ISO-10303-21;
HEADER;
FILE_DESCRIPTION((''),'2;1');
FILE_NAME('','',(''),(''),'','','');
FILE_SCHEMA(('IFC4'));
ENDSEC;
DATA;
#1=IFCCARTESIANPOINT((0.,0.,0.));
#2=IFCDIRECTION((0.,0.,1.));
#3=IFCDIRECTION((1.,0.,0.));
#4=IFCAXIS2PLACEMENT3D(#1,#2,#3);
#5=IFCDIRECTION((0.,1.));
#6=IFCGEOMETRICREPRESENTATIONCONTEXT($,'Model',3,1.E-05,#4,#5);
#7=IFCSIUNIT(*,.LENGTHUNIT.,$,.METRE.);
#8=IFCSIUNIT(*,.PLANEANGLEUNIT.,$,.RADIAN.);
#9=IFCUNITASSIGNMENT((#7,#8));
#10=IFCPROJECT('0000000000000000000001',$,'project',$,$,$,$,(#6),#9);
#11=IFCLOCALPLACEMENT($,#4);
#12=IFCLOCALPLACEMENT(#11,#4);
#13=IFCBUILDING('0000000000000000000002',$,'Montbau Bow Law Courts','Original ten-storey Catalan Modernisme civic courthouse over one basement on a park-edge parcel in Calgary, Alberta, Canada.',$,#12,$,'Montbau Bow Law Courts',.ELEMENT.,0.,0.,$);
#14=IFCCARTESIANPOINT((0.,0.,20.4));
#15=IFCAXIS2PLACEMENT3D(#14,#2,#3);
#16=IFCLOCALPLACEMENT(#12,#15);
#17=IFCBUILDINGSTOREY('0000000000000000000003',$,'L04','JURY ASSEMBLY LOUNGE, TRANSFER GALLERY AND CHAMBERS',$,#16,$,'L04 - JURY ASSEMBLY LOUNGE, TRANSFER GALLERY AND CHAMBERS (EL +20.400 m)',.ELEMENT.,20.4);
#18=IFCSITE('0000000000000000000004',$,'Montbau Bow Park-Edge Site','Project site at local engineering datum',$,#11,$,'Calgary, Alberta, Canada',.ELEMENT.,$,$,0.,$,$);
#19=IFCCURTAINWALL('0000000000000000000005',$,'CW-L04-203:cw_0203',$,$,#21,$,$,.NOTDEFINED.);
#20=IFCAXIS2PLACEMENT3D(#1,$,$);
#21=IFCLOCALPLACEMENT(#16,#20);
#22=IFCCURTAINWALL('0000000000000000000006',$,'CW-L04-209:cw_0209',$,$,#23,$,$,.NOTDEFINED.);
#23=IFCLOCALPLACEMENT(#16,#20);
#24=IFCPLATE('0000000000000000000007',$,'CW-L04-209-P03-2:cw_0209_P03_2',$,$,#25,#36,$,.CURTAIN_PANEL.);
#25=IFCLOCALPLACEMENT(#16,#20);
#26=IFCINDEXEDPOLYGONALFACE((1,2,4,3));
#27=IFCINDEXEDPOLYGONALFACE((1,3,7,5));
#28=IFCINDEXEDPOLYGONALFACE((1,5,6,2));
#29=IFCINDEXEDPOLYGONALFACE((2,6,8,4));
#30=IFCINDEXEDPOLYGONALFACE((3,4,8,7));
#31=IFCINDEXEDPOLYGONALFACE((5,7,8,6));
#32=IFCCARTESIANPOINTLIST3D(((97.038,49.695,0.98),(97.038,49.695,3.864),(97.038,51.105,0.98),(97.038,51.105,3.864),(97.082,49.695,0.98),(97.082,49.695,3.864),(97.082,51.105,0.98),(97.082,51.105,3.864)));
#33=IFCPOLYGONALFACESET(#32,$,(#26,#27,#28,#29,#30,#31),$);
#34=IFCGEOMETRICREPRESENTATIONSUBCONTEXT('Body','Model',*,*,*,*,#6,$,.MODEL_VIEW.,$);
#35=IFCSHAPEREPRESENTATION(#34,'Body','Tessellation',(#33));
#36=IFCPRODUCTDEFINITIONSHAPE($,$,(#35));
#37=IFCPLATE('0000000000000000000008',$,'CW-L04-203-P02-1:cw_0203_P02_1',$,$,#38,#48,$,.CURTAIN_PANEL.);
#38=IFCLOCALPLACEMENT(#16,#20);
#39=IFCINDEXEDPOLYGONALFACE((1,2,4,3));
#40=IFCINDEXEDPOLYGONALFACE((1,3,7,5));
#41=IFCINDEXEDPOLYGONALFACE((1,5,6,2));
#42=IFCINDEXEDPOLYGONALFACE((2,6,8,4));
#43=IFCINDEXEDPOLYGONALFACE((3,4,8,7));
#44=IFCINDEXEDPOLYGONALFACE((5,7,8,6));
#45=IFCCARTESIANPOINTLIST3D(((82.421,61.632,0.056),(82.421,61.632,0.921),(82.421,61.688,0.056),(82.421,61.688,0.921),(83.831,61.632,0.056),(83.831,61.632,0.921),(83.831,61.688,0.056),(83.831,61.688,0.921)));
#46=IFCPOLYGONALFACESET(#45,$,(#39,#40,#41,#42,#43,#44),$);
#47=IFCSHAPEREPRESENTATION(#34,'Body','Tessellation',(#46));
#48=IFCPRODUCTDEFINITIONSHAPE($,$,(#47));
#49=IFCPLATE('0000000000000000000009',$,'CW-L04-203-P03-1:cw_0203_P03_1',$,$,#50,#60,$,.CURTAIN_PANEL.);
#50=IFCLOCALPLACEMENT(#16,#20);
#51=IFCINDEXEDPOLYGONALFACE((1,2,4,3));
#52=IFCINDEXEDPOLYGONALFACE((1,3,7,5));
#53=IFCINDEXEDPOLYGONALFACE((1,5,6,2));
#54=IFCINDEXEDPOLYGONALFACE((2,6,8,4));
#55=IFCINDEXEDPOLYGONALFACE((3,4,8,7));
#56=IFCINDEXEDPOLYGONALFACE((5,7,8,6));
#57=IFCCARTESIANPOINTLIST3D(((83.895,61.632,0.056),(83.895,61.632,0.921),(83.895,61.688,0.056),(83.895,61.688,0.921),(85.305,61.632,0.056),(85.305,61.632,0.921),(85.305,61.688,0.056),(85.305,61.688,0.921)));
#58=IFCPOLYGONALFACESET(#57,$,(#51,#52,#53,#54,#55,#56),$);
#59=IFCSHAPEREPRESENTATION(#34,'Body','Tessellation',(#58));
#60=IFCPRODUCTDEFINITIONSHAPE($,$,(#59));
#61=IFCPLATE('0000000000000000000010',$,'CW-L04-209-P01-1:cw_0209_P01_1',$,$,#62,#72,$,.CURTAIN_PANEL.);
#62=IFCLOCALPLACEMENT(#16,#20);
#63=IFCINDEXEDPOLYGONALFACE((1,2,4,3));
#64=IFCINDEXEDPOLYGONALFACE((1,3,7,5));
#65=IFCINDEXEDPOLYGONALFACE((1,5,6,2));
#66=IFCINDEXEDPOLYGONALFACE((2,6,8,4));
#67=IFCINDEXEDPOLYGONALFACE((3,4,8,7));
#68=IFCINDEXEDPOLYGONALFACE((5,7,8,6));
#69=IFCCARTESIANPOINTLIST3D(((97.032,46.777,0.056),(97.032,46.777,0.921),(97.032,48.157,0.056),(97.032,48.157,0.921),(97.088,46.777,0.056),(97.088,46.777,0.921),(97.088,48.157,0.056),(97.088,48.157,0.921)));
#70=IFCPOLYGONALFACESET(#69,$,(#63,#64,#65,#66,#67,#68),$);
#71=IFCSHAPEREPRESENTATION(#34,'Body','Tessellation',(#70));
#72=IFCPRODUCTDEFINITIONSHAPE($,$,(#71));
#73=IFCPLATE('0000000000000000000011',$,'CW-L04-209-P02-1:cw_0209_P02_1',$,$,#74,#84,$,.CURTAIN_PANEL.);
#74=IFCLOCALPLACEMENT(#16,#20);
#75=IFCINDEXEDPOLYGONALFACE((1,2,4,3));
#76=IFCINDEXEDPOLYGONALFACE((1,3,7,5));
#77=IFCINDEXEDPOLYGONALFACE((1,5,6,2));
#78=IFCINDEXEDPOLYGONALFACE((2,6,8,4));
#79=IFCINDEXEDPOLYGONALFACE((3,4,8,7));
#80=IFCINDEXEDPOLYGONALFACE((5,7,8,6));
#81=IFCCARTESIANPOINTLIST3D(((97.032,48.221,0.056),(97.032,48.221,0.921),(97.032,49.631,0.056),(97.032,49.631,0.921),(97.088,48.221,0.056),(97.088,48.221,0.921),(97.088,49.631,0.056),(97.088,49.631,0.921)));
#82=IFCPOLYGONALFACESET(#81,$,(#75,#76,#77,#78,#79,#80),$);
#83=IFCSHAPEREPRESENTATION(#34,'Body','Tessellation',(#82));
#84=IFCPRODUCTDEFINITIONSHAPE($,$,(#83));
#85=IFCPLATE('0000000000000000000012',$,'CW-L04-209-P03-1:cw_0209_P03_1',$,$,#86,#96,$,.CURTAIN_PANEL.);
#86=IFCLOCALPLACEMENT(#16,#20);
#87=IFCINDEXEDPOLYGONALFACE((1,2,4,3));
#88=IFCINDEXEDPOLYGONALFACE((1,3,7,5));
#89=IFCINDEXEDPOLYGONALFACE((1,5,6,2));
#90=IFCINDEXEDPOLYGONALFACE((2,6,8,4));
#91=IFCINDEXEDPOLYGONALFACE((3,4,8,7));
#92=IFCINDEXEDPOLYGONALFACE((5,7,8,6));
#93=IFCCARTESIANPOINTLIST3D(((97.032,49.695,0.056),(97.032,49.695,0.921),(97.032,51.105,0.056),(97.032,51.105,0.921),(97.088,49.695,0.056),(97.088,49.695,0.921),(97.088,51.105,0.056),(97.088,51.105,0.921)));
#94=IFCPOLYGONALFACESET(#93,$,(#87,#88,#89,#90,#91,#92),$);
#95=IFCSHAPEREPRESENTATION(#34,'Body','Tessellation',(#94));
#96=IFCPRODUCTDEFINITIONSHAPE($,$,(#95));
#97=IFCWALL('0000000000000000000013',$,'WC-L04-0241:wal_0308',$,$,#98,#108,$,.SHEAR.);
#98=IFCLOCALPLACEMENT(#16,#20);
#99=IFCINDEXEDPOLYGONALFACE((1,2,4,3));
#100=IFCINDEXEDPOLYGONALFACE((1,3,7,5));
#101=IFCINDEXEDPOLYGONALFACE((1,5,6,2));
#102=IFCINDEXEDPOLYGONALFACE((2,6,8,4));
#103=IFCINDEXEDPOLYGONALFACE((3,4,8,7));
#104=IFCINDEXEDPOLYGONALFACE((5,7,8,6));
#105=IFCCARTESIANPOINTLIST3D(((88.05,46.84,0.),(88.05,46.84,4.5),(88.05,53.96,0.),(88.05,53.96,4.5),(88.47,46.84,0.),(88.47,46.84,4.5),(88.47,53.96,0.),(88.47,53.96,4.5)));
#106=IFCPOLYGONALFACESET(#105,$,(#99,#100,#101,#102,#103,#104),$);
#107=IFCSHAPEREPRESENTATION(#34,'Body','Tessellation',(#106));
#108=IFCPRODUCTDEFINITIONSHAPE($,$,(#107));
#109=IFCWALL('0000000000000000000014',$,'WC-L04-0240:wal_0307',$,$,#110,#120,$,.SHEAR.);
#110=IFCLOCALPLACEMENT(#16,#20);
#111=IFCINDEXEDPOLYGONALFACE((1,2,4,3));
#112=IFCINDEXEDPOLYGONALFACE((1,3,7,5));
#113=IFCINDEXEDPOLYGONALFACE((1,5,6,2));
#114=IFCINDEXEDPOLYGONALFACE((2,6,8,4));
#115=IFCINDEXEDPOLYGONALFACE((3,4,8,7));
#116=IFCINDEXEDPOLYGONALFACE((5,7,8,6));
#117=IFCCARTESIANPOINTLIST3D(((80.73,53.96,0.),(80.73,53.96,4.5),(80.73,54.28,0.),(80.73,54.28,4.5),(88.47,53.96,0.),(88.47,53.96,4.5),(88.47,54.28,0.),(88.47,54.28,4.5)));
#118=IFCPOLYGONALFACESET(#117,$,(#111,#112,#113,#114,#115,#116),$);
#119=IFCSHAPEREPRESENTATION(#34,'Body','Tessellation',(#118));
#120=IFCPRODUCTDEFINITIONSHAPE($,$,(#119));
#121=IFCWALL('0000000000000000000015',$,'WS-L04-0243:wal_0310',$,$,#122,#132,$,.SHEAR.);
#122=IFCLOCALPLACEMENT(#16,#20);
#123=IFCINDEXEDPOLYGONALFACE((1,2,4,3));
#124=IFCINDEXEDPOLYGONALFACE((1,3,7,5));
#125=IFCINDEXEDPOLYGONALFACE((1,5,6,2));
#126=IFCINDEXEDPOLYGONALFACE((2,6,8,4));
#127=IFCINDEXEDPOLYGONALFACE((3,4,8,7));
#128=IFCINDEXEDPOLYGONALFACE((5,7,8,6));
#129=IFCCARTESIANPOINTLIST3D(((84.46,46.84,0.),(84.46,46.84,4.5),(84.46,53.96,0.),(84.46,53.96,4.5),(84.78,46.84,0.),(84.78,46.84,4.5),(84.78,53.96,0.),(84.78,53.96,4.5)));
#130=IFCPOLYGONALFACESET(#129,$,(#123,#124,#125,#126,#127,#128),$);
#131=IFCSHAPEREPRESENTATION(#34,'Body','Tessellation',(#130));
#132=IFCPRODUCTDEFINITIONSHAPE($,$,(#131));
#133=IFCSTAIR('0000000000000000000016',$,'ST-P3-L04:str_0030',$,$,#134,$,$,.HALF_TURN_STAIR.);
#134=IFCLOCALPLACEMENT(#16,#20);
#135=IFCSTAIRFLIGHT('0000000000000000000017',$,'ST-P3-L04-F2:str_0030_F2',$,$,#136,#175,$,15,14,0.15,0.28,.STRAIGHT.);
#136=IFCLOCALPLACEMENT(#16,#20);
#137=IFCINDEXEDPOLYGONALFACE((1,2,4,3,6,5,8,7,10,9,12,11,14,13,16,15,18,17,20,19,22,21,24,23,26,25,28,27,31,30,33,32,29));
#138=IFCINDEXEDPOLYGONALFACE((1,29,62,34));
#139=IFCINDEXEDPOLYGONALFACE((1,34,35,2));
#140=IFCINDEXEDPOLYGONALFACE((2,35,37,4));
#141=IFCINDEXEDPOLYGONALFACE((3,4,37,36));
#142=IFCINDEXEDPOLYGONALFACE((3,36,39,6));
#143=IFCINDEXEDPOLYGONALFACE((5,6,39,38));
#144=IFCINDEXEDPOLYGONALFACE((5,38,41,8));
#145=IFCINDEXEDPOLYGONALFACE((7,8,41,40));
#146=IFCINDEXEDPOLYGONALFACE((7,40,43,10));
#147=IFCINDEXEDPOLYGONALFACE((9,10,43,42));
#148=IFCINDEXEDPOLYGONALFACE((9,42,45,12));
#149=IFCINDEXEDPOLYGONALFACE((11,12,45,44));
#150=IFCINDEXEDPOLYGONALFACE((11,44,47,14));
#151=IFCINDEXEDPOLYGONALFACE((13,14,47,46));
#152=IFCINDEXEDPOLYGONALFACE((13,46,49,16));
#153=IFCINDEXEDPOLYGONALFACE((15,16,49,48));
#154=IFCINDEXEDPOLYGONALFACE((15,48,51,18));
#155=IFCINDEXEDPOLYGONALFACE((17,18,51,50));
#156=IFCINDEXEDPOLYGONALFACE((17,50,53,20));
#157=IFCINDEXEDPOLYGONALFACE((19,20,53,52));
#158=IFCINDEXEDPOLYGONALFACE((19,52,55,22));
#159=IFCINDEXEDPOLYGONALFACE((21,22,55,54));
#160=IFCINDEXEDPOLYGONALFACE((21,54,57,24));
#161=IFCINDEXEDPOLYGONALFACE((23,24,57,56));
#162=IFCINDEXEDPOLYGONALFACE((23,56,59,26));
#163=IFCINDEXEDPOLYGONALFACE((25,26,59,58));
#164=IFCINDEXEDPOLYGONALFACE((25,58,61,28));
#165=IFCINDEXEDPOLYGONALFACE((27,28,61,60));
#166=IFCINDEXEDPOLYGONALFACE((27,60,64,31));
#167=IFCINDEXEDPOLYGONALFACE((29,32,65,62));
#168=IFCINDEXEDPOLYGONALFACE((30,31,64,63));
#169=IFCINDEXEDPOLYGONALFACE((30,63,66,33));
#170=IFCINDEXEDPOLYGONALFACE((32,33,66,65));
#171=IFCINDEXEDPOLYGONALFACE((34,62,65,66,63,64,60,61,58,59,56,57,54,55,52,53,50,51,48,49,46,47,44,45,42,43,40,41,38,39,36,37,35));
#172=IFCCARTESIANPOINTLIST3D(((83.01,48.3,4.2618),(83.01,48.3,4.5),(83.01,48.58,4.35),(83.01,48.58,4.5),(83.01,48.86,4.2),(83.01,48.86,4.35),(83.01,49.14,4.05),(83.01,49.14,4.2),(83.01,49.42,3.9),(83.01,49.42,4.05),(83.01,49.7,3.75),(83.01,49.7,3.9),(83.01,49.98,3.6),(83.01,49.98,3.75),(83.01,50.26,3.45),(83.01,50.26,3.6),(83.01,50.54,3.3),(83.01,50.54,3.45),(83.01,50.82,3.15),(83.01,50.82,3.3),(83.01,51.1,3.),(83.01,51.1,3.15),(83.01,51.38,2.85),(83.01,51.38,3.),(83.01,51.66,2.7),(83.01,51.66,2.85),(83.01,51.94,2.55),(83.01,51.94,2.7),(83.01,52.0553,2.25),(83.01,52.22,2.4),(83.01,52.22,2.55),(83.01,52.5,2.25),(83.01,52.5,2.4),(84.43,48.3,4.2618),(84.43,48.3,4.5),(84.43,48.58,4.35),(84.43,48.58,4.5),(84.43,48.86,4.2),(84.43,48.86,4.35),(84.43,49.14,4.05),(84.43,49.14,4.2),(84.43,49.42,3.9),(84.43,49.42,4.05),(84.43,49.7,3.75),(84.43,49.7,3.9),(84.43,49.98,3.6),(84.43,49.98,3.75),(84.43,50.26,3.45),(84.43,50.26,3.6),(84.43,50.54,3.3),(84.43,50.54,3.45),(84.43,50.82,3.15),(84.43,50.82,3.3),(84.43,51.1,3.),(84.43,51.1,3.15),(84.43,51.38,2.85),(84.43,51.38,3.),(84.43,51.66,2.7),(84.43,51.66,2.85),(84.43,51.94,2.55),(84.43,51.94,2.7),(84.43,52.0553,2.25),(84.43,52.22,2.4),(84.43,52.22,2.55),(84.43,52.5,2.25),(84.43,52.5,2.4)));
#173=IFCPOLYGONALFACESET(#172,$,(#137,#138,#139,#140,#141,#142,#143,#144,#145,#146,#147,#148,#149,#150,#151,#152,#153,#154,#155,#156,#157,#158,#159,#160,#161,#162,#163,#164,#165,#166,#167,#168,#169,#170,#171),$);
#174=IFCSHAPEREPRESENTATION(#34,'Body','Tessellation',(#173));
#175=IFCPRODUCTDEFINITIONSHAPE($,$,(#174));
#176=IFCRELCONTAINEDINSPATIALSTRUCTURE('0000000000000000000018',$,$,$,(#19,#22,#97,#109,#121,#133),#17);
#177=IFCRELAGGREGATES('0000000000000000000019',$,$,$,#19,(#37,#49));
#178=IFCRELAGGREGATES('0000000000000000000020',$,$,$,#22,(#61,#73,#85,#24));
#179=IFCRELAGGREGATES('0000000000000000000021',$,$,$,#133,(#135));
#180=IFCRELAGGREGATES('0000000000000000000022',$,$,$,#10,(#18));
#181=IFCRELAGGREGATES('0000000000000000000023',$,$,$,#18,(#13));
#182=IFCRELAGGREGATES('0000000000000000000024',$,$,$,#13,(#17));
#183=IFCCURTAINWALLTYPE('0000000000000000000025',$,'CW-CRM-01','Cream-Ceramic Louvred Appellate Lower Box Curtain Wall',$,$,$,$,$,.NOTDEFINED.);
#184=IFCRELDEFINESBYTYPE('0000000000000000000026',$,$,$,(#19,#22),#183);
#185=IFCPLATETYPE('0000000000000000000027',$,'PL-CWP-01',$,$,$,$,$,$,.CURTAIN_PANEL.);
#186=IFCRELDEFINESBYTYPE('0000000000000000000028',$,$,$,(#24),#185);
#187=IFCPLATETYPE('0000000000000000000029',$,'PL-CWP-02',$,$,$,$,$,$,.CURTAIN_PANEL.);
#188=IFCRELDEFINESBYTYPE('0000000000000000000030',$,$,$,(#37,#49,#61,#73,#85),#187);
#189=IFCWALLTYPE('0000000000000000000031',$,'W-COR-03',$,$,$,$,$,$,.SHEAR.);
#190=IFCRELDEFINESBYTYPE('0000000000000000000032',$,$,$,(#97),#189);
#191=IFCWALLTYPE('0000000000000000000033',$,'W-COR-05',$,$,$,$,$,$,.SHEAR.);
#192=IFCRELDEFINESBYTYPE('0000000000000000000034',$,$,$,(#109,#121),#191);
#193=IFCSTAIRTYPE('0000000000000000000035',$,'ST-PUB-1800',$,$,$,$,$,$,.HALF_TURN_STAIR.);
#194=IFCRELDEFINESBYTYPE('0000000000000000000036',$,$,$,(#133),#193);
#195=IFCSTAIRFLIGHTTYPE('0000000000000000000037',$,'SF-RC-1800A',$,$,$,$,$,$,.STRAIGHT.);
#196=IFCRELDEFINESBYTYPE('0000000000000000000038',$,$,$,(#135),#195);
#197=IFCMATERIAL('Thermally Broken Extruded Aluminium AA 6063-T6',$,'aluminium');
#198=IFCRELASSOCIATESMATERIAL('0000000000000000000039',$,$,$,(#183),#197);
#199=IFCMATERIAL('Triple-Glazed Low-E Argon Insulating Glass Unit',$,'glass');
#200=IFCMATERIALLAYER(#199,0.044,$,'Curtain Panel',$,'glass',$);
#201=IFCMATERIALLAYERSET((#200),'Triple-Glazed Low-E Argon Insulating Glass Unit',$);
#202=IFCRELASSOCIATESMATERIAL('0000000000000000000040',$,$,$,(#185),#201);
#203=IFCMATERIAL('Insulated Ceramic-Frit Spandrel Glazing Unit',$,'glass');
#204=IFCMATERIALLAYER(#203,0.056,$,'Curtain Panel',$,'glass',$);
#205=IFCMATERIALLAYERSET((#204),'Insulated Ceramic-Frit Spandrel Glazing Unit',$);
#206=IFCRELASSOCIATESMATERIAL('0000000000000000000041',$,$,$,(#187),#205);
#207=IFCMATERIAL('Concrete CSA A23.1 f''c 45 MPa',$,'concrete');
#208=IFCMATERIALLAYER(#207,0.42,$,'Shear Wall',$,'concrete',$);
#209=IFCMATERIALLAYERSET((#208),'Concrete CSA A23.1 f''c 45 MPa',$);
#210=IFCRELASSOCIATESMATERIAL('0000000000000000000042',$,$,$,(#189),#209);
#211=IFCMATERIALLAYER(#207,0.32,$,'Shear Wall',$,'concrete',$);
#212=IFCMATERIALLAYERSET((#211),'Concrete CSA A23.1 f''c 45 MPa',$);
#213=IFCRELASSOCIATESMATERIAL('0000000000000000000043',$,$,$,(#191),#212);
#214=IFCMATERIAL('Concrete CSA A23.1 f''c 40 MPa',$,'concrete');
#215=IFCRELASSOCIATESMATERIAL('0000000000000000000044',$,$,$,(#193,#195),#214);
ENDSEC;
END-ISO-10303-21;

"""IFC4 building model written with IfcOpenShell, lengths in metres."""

from ifc_helpers import new_model, si_unit, direction, frame, frame_2d, origin_with_axes, place, context, subcontext, project, spatial, polyline, rectangle, outline, extrude, material, layer, layer_set, type_object, element, aggregate, save


model = new_model("IFC4")

# Units and contexts
model_context = context("Model", 3, precision=1e-05, world=origin_with_axes(), true_north=direction((0.0, 1.0)))
body_context = subcontext(model_context, "Body", "Model", "MODEL_VIEW")
ifc_project = project(units=[si_unit("LENGTHUNIT", "METRE"), si_unit("PLANEANGLEUNIT", "RADIAN")], contexts=[model_context])

# Site, building, storey
site_placement = place(None, origin_with_axes())
site = spatial("IfcSite", under=ifc_project, at=site_placement, Name="Montbau Bow Park-Edge Site", Description="Project site at local engineering datum", LongName="Calgary, Alberta, Canada", CompositionType="ELEMENT", RefElevation=0.0)
building_placement = place(site_placement, origin_with_axes())
building = spatial("IfcBuilding", under=site, at=building_placement, Name="Montbau Bow Law Courts", Description="Original ten-storey Catalan Modernisme civic courthouse over one basement on a park-edge parcel in Calgary, Alberta, Canada.", LongName="Montbau Bow Law Courts", CompositionType="ELEMENT", ElevationOfRefHeight=0.0, ElevationOfTerrain=0.0)
storey_placement = place(building_placement, frame((0.0, 0.0, 20.4), z_axis=(0.0, 0.0, 1.0), x_axis=(1.0, 0.0, 0.0)))
storey = spatial("IfcBuildingStorey", under=building, at=storey_placement, Name="L04", Description="JURY ASSEMBLY LOUNGE, TRANSFER GALLERY AND CHAMBERS", LongName="L04 - JURY ASSEMBLY LOUNGE, TRANSFER GALLERY AND CHAMBERS (EL +20.400 m)", CompositionType="ELEMENT", Elevation=20.4)

# Curtain wall
ifc_material_1 = material(Name="Thermally Broken Extruded Aluminium AA 6063-T6", Category="aluminium")
curtain_wall_type = type_object("IfcCurtainWallType", Name="CW-CRM-01", Description="Cream-Ceramic Louvred Appellate Lower Box Curtain Wall", PredefinedType="NOTDEFINED", material=ifc_material_1)
curtain_wall_1_placement = place(None, frame((80.915, 61.66, 20.4), z_axis=(0.0, 0.0, 1.0), x_axis=(1.0, 0.0, 0.0)))
curtain_wall_1 = element("IfcCurtainWall", 1, at=curtain_wall_1_placement, inside=storey, type_object=curtain_wall_type, Name="CW-L04-203:cw_0203", PredefinedType="NOTDEFINED")

# Curtain wall
curtain_wall_2_placement = place(None, frame((97.06, 46.715, 20.4), z_axis=(0.0, 0.0, 1.0), x_axis=(1.0, 0.0, 0.0)))
curtain_wall_2 = element("IfcCurtainWall", 2, at=curtain_wall_2_placement, inside=storey, type_object=curtain_wall_type, Name="CW-L04-209:cw_0209", PredefinedType="NOTDEFINED")

# Plates
ifc_material_2 = material(Name="Triple-Glazed Low-E Argon Insulating Glass Unit", Category="glass")
ifc_layer_1 = layer(ifc_material_2, 0.044, Name="Curtain Panel", Category="glass")
ifc_layer_set_1 = layer_set([ifc_layer_1], Name="Triple-Glazed Low-E Argon Insulating Glass Unit")
plate_type_1 = type_object("IfcPlateType", Name="PL-CWP-01", PredefinedType="CURTAIN_PANEL", material=ifc_layer_set_1)
plate_1_placement = place(None, frame((97.06, 49.695, 21.38), z_axis=(1.0, 0.0, 0.0), x_axis=(0.0, 1.0, 0.0)))
plate_1 = element("IfcPlate", 3, at=plate_1_placement, type_object=plate_type_1, Name="CW-L04-209-P03-2:cw_0209_P03_2", PredefinedType="CURTAIN_PANEL", context=body_context, shape_type="SweptSolid", body=[
    extrude(rectangle(XDim=1.41, YDim=2.884, at=frame_2d((0.705, 1.442), x_axis=(1.0, 0.0))), frame((0.0, 0.0, -0.022), z_axis=(0.0, 0.0, 1.0), x_axis=(1.0, 0.0, 0.0)), (0.0, 0.0, 1.0), 0.044),
])
ifc_material_3 = material(Name="Insulated Ceramic-Frit Spandrel Glazing Unit", Category="glass")
ifc_layer_2 = layer(ifc_material_3, 0.056, Name="Curtain Panel", Category="glass")
ifc_layer_set_2 = layer_set([ifc_layer_2], Name="Insulated Ceramic-Frit Spandrel Glazing Unit")
plate_type_2 = type_object("IfcPlateType", Name="PL-CWP-02", PredefinedType="CURTAIN_PANEL", material=ifc_layer_set_2)
plate_2_placement = place(None, frame((82.421, 61.66, 20.456), z_axis=(0.0, -1.0, 0.0), x_axis=(1.0, 0.0, 0.0)))
plate_2 = element("IfcPlate", 4, at=plate_2_placement, type_object=plate_type_2, Name="CW-L04-203-P02-1:cw_0203_P02_1", PredefinedType="CURTAIN_PANEL", context=body_context, shape_type="SweptSolid", body=[
    extrude(rectangle(XDim=1.41, YDim=0.865, at=frame_2d((0.705, 0.4325), x_axis=(1.0, 0.0))), frame((0.0, 0.0, -0.028), z_axis=(0.0, 0.0, 1.0), x_axis=(1.0, 0.0, 0.0)), (0.0, 0.0, 1.0), 0.056),
])
plate_3_placement = place(None, frame((83.895, 61.66, 20.456), z_axis=(0.0, -1.0, 0.0), x_axis=(1.0, 0.0, 0.0)))
plate_3 = element("IfcPlate", 5, at=plate_3_placement, type_object=plate_type_2, Name="CW-L04-203-P03-1:cw_0203_P03_1", PredefinedType="CURTAIN_PANEL", context=body_context, shape_type="SweptSolid", body=[
    extrude(rectangle(XDim=1.41, YDim=0.865, at=frame_2d((0.705, 0.4325), x_axis=(1.0, 0.0))), frame((0.0, 0.0, -0.028), z_axis=(0.0, 0.0, 1.0), x_axis=(1.0, 0.0, 0.0)), (0.0, 0.0, 1.0), 0.056),
])
aggregate(curtain_wall_1, [plate_2, plate_3])
plate_4_placement = place(None, frame((97.06, 46.777, 20.456), z_axis=(1.0, 0.0, 0.0), x_axis=(0.0, 1.0, 0.0)))
plate_4 = element("IfcPlate", 6, at=plate_4_placement, type_object=plate_type_2, Name="CW-L04-209-P01-1:cw_0209_P01_1", PredefinedType="CURTAIN_PANEL", context=body_context, shape_type="SweptSolid", body=[
    extrude(rectangle(XDim=1.38, YDim=0.865, at=frame_2d((0.69, 0.4325), x_axis=(1.0, 0.0))), frame((0.0, 0.0, -0.028), z_axis=(0.0, 0.0, 1.0), x_axis=(1.0, 0.0, 0.0)), (0.0, 0.0, 1.0), 0.056),
])
plate_5_placement = place(None, frame((97.06, 48.221, 20.456), z_axis=(1.0, 0.0, 0.0), x_axis=(0.0, 1.0, 0.0)))
plate_5 = element("IfcPlate", 7, at=plate_5_placement, type_object=plate_type_2, Name="CW-L04-209-P02-1:cw_0209_P02_1", PredefinedType="CURTAIN_PANEL", context=body_context, shape_type="SweptSolid", body=[
    extrude(rectangle(XDim=1.41, YDim=0.865, at=frame_2d((0.705, 0.4325), x_axis=(1.0, 0.0))), frame((0.0, 0.0, -0.028), z_axis=(0.0, 0.0, 1.0), x_axis=(1.0, 0.0, 0.0)), (0.0, 0.0, 1.0), 0.056),
])
plate_6_placement = place(None, frame((97.06, 49.695, 20.456), z_axis=(1.0, 0.0, 0.0), x_axis=(0.0, 1.0, 0.0)))
plate_6 = element("IfcPlate", 8, at=plate_6_placement, type_object=plate_type_2, Name="CW-L04-209-P03-1:cw_0209_P03_1", PredefinedType="CURTAIN_PANEL", context=body_context, shape_type="SweptSolid", body=[
    extrude(rectangle(XDim=1.41, YDim=0.865, at=frame_2d((0.705, 0.4325), x_axis=(1.0, 0.0))), frame((0.0, 0.0, -0.028), z_axis=(0.0, 0.0, 1.0), x_axis=(1.0, 0.0, 0.0)), (0.0, 0.0, 1.0), 0.056),
])
aggregate(curtain_wall_2, [plate_4, plate_5, plate_6, plate_1])

# Walls
ifc_material_4 = material(Name="Concrete CSA A23.1 f'c 45 MPa", Category="concrete")
ifc_layer_3 = layer(ifc_material_4, 0.42, Name="Shear Wall", Category="concrete")
ifc_layer_set_3 = layer_set([ifc_layer_3], Name="Concrete CSA A23.1 f'c 45 MPa")
wall_type_1 = type_object("IfcWallType", Name="W-COR-03", PredefinedType="SHEAR", material=ifc_layer_set_3)
wall_1_placement = place(None, frame((88.26, 46.84, 20.4), z_axis=(0.0, 0.0, 1.0), x_axis=(0.0, 1.0, 0.0)))
element("IfcWall", 9, at=wall_1_placement, inside=storey, type_object=wall_type_1, Name="WC-L04-0241:wal_0308", PredefinedType="SHEAR", context=body_context, shape_type="SweptSolid", body=[
    extrude(rectangle(XDim=7.12, YDim=0.42, at=frame_2d((3.56, 0.0), x_axis=(1.0, 0.0))), origin_with_axes(), (0.0, 0.0, 1.0), 4.5),
])
ifc_layer_4 = layer(ifc_material_4, 0.32, Name="Shear Wall", Category="concrete")
ifc_layer_set_4 = layer_set([ifc_layer_4], Name="Concrete CSA A23.1 f'c 45 MPa")
wall_type_2 = type_object("IfcWallType", Name="W-COR-05", PredefinedType="SHEAR", material=ifc_layer_set_4)
wall_2_placement = place(None, frame((88.47, 54.12, 20.4), z_axis=(0.0, 0.0, 1.0), x_axis=(-1.0, 0.0, 0.0)))
element("IfcWall", 10, at=wall_2_placement, inside=storey, type_object=wall_type_2, Name="WC-L04-0240:wal_0307", PredefinedType="SHEAR", context=body_context, shape_type="SweptSolid", body=[
    extrude(rectangle(XDim=7.74, YDim=0.32, at=frame_2d((3.87, 0.0), x_axis=(1.0, 0.0))), origin_with_axes(), (0.0, 0.0, 1.0), 4.5),
])
wall_3_placement = place(None, frame((84.62, 46.84, 20.4), z_axis=(0.0, 0.0, 1.0), x_axis=(0.0, 1.0, 0.0)))
element("IfcWall", 11, at=wall_3_placement, inside=storey, type_object=wall_type_2, Name="WS-L04-0243:wal_0310", PredefinedType="SHEAR", context=body_context, shape_type="SweptSolid", body=[
    extrude(rectangle(XDim=7.12, YDim=0.32, at=frame_2d((3.56, 0.0), x_axis=(1.0, 0.0))), origin_with_axes(), (0.0, 0.0, 1.0), 4.5),
])

# Stair, stair flight
ifc_material_5 = material(Name="Concrete CSA A23.1 f'c 40 MPa", Category="concrete")
stair_type = type_object("IfcStairType", Name="ST-PUB-1800", PredefinedType="HALF_TURN_STAIR", material=ifc_material_5)
stair_placement = place(None, frame((81.89, 48.3, 20.4), z_axis=(0.0, 0.0, 1.0), x_axis=(1.0, 0.0, 0.0)))
stair = element("IfcStair", 12, at=stair_placement, inside=storey, type_object=stair_type, Name="ST-P3-L04:str_0030", PredefinedType="HALF_TURN_STAIR")
stair_flight_type = type_object("IfcStairFlightType", Name="SF-RC-1800A", PredefinedType="STRAIGHT", material=ifc_material_5)
stair_flight_placement = place(None, frame((83.72, 52.5, 22.65), z_axis=(0.0, 0.0, 1.0), x_axis=(0.0, -1.0, 0.0)))
stair_flight = element("IfcStairFlight", 13, at=stair_flight_placement, type_object=stair_flight_type, Name="ST-P3-L04-F2:str_0030_F2", NumberOfRisers=15, NumberOfTreads=14, PredefinedType="STRAIGHT", RiserHeight=0.15, TreadLength=0.28, context=body_context, shape_type="SweptSolid", body=[
    extrude(outline(polyline([(0.0, 0.0), (0.0, 0.15), (0.28, 0.15), (0.28, 0.3), (0.56, 0.3), (0.56, 0.45), (0.84, 0.45), (0.84, 0.6), (1.12, 0.6), (1.12, 0.75), (1.4, 0.75), (1.4, 0.9), (1.68, 0.9), (1.68, 1.05), (1.96, 1.05), (1.96, 1.2), (2.24, 1.2), (2.24, 1.35), (2.52, 1.35), (2.52, 1.5), (2.8, 1.5), (2.8, 1.65), (3.08, 1.65), (3.08, 1.8), (3.36, 1.8), (3.36, 1.95), (3.64, 1.95), (3.64, 2.1), (3.92, 2.1), (3.92, 2.25), (4.2, 2.25), (4.2, 2.0118), (0.4447, 0.0), (0.0, 0.0)])), frame((0.0, 0.71, 0.0), z_axis=(0.0, -1.0, 0.0), x_axis=(1.0, 0.0, 0.0)), (0.0, 0.0, 1.0), 1.42),
])
aggregate(stair, [stair_flight])

save(model, "model.ifc")
